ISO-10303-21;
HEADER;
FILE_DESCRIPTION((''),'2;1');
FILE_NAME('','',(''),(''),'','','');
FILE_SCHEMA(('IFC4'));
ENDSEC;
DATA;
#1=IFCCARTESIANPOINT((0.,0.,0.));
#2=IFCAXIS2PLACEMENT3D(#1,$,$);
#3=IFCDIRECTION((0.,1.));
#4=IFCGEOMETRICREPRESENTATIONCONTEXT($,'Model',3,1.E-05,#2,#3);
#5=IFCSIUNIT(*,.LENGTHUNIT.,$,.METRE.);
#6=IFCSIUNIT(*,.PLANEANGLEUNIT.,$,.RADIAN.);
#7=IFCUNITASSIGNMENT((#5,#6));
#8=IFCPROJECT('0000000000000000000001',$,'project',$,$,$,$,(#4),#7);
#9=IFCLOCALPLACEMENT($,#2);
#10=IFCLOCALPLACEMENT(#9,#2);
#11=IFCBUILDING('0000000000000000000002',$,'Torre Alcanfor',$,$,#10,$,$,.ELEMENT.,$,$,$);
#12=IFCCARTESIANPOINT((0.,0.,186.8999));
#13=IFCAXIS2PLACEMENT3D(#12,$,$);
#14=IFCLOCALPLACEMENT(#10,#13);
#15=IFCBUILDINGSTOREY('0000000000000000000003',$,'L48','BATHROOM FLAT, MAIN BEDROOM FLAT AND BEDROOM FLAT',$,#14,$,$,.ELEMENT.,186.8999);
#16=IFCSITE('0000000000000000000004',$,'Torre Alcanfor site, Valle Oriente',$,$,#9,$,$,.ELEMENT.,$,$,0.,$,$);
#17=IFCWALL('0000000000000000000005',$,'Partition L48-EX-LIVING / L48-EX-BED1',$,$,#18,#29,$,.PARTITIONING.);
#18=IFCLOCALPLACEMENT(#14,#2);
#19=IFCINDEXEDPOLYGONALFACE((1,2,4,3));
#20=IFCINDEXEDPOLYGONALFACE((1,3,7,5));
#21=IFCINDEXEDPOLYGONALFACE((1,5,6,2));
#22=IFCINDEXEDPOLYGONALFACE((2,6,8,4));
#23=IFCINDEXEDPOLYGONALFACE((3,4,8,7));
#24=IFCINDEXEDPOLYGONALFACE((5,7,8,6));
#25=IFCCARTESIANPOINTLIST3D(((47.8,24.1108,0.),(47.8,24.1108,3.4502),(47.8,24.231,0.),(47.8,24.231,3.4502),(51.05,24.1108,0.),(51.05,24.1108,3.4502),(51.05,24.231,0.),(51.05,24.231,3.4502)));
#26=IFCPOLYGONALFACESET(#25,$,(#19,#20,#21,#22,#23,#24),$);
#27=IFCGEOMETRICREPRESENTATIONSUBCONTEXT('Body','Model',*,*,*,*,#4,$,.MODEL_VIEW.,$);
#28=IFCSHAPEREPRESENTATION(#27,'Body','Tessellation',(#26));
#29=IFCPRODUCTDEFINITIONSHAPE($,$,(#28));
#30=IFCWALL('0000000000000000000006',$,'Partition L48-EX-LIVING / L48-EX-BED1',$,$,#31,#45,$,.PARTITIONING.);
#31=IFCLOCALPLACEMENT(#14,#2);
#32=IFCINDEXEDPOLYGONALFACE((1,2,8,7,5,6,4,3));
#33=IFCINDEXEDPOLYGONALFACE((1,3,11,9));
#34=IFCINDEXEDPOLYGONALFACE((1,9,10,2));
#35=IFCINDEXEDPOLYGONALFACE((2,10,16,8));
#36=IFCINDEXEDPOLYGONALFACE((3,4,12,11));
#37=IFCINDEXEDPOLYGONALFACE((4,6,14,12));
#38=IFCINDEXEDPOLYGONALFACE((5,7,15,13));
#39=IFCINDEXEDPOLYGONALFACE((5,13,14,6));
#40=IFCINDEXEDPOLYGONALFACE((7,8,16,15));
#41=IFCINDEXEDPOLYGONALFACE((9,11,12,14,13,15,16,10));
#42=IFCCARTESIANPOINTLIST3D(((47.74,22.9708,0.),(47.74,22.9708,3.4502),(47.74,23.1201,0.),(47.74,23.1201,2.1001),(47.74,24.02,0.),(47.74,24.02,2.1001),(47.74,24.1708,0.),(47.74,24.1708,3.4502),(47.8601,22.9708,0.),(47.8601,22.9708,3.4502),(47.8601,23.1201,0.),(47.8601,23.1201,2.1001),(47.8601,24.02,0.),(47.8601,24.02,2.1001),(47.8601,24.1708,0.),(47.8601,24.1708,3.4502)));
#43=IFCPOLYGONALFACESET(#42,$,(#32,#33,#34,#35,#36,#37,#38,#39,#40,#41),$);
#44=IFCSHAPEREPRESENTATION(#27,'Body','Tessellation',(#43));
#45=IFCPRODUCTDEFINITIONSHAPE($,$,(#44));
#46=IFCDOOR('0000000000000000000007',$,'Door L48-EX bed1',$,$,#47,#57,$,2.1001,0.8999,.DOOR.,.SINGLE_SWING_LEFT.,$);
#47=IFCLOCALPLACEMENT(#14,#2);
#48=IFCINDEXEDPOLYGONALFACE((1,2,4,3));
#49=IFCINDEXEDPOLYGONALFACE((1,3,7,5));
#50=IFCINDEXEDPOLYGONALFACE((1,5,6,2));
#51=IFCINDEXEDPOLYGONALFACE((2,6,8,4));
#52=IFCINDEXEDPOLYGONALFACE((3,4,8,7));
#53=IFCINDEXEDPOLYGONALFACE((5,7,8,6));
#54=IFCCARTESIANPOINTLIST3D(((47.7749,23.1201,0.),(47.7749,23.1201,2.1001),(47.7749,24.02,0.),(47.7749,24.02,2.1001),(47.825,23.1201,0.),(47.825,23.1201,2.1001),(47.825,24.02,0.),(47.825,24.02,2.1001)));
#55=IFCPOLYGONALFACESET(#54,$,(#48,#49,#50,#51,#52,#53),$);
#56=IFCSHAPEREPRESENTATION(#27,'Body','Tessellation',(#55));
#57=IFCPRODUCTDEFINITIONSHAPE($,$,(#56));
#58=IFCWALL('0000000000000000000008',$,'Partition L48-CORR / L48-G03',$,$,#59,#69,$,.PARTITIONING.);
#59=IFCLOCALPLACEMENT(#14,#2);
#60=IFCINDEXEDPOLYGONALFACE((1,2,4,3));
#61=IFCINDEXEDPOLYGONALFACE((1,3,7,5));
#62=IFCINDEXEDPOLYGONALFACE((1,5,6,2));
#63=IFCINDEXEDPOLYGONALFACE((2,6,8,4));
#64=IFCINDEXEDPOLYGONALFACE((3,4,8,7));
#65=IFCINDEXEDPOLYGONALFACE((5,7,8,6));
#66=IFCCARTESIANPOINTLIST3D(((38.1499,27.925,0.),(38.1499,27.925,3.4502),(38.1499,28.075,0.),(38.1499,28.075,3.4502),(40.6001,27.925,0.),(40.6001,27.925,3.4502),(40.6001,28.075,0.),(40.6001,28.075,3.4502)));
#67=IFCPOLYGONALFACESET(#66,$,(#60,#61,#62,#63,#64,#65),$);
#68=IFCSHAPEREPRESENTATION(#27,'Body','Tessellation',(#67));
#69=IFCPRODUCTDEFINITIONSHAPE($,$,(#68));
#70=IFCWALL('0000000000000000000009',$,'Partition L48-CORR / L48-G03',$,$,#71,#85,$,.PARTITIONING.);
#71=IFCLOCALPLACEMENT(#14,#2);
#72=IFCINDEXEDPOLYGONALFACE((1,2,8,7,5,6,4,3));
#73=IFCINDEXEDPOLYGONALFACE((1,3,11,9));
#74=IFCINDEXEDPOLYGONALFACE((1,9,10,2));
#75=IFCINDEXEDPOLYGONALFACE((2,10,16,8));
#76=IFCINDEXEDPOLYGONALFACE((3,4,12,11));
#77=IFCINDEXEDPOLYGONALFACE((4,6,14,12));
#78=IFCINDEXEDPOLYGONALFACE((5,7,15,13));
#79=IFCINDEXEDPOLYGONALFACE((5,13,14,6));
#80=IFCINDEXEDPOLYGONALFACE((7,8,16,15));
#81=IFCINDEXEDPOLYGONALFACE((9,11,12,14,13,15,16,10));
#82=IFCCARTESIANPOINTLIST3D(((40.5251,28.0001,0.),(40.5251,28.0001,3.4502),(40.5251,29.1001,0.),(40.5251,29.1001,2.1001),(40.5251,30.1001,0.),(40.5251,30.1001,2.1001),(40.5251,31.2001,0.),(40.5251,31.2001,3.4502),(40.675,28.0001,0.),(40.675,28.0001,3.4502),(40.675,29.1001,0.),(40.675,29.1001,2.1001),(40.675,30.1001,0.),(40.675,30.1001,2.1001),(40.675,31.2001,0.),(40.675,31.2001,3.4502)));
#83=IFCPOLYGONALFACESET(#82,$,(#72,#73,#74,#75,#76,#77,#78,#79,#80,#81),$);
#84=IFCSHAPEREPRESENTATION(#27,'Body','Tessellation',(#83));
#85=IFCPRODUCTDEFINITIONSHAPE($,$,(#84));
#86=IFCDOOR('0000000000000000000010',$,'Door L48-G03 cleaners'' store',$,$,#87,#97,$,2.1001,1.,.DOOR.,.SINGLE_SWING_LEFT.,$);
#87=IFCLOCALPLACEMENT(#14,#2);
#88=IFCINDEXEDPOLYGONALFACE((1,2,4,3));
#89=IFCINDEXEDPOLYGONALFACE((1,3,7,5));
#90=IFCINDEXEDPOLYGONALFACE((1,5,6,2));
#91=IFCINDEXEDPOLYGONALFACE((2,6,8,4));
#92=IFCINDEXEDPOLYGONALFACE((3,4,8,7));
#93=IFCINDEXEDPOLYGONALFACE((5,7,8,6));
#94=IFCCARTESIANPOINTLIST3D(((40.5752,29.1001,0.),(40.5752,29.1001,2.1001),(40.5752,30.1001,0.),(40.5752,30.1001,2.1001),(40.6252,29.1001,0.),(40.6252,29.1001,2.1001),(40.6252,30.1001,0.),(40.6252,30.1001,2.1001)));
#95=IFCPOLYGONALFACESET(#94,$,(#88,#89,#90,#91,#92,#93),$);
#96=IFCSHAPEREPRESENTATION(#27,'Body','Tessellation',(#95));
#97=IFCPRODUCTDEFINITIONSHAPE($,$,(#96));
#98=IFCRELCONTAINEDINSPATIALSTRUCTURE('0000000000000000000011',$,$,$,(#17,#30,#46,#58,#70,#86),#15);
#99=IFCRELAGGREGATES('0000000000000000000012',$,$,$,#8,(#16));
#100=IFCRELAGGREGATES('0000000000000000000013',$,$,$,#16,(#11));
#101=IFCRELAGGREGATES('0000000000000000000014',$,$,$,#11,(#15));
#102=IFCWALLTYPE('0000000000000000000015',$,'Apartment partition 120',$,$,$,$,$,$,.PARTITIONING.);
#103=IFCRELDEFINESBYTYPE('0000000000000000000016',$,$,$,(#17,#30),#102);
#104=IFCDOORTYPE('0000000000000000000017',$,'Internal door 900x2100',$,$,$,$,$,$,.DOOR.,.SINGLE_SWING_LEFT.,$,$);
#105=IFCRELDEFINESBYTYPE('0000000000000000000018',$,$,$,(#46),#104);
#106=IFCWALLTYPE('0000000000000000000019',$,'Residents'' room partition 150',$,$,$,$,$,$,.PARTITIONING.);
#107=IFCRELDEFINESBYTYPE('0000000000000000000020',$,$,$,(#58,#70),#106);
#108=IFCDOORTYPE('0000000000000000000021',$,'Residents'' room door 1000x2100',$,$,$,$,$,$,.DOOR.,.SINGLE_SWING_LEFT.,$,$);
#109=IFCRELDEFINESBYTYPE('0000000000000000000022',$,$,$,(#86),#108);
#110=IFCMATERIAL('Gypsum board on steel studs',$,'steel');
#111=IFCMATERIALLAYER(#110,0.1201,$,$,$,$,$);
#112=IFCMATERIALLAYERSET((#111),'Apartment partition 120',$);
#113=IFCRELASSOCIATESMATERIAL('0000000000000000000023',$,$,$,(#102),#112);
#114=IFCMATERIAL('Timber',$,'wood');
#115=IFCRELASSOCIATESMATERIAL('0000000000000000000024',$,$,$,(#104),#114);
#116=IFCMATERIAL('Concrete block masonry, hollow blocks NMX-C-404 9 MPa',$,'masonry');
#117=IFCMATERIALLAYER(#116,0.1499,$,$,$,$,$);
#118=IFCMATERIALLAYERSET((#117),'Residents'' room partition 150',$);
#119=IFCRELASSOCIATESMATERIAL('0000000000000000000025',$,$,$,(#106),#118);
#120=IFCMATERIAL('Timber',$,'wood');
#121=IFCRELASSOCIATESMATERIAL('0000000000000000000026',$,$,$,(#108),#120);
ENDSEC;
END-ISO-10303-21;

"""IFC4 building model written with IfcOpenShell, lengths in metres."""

from ifc_helpers import new_model, si_unit, direction, frame, frame_2d, origin, place, context, subcontext, project, spatial, rectangle, extrude, material, layer, layer_set, type_object, element, fill, save


model = new_model("IFC4")

# Units and contexts
model_context = context("Model", 3, precision=1e-05, world=origin(), true_north=direction((0.0, 1.0)))
body_context = subcontext(model_context, "Body", "Model", "MODEL_VIEW")
ifc_project = project(units=[si_unit("LENGTHUNIT", "METRE"), si_unit("PLANEANGLEUNIT", "RADIAN")], contexts=[model_context])

# Site, building, storey
site_placement = place(None, origin())
site = spatial("IfcSite", under=ifc_project, at=site_placement, Name="Torre Alcanfor site, Valle Oriente", CompositionType="ELEMENT", RefElevation=0.0)
building_placement = place(site_placement, origin())
building = spatial("IfcBuilding", under=site, at=building_placement, Name="Torre Alcanfor", CompositionType="ELEMENT")
storey_placement = place(building_placement, frame((0.0, 0.0, 186.8999)))
storey = spatial("IfcBuildingStorey", under=building, at=storey_placement, Name="L48", Description="BATHROOM FLAT, MAIN BEDROOM FLAT AND BEDROOM FLAT", CompositionType="ELEMENT", Elevation=186.8999)

# Shared definitions
ifc_material_1 = material(Name="Gypsum board on steel studs", Category="steel")
ifc_layer_1 = layer(ifc_material_1, 0.1201)
ifc_layer_set_1 = layer_set([ifc_layer_1], Name="Apartment partition 120")
wall_type_1 = type_object("IfcWallType", Name="Apartment partition 120", PredefinedType="PARTITIONING", material=ifc_layer_set_1)
ifc_material_2 = material(Name="Timber", Category="wood")
door_type_1 = type_object("IfcDoorType", Name="Internal door 900x2100", OperationType="SINGLE_SWING_LEFT", PredefinedType="DOOR", material=ifc_material_2)

# Wall
wall_1_placement = place(storey_placement, frame((51.05, 24.1709, 0.0), z_axis=(0.0, 0.0, 1.0), x_axis=(-1.0, 0.0, 0.0)))
element("IfcWall", 1, at=wall_1_placement, inside=storey, type_object=wall_type_1, Name="Partition L48-EX-LIVING / L48-EX-BED1", PredefinedType="PARTITIONING", context=body_context, shape_type="SweptSolid", body=[
    extrude(rectangle(XDim=3.25, YDim=0.1201, at=frame_2d((1.625, 0.0))), origin(), (0.0, 0.0, 1.0), 3.4502),
])

# Wall, opening, door
wall_2_placement = place(storey_placement, frame((47.8, 24.1709, 0.0), z_axis=(0.0, 0.0, 1.0), x_axis=(0.0, -1.0, 0.0)))
wall_2 = element("IfcWall", 2, at=wall_2_placement, inside=storey, type_object=wall_type_1, Name="Partition L48-EX-LIVING / L48-EX-BED1", PredefinedType="PARTITIONING", context=body_context, shape_type="SweptSolid", body=[
    extrude(rectangle(XDim=1.2, YDim=0.1201, at=frame_2d((0.6001, 0.0))), origin(), (0.0, 0.0, 1.0), 3.4502),
])
opening_1_placement = place(wall_2_placement, frame((0.1509, 0.0, 0.0)))
opening_1 = element("IfcOpeningElement", 3, at=opening_1_placement, cuts=wall_2, PredefinedType="OPENING", context=body_context, shape_type="SweptSolid", body=[
    extrude(rectangle(XDim=0.8999, YDim=2.1001, at=frame_2d((0.45, 1.05))), frame((0.0, 0.0701, 0.0), z_axis=(0.0, -1.0, 0.0), x_axis=(1.0, 0.0, 0.0)), (0.0, 0.0, 1.0), 0.1401),
])
door_1_placement = place(opening_1_placement, origin())
door_1 = element("IfcDoor", 4, at=door_1_placement, inside=storey, type_object=door_type_1, Name="Door L48-EX bed1", OperationType="SINGLE_SWING_LEFT", OverallHeight=2.1001, OverallWidth=0.8999, PredefinedType="DOOR", context=body_context, shape_type="SweptSolid", body=[
    extrude(rectangle(XDim=0.8999, YDim=2.1001, at=frame_2d((0.45, 1.05))), frame((0.0, 0.0249, 0.0), z_axis=(0.0, -1.0, 0.0), x_axis=(1.0, 0.0, 0.0)), (0.0, 0.0, 1.0), 0.05),
])
fill(opening_1, door_1)

# Wall
ifc_material_3 = material(Name="Concrete block masonry, hollow blocks NMX-C-404 9 MPa", Category="masonry")
ifc_layer_2 = layer(ifc_material_3, 0.1499)
ifc_layer_set_2 = layer_set([ifc_layer_2], Name="Residents' room partition 150")
wall_type_2 = type_object("IfcWallType", Name="Residents' room partition 150", PredefinedType="PARTITIONING", material=ifc_layer_set_2)
wall_3_placement = place(storey_placement, frame((38.1499, 28.0, 0.0), z_axis=(0.0, 0.0, 1.0), x_axis=(1.0, 0.0, 0.0)))
element("IfcWall", 5, at=wall_3_placement, inside=storey, type_object=wall_type_2, Name="Partition L48-CORR / L48-G03", PredefinedType="PARTITIONING", context=body_context, shape_type="SweptSolid", body=[
    extrude(rectangle(XDim=2.4502, YDim=0.1499, at=frame_2d((1.2251, 0.0))), origin(), (0.0, 0.0, 1.0), 3.4502),
])

# Wall, opening, door
wall_4_placement = place(storey_placement, frame((40.6001, 28.0, 0.0), z_axis=(0.0, 0.0, 1.0), x_axis=(0.0, 1.0, 0.0)))
wall_4 = element("IfcWall", 6, at=wall_4_placement, inside=storey, type_object=wall_type_2, Name="Partition L48-CORR / L48-G03", PredefinedType="PARTITIONING", context=body_context, shape_type="SweptSolid", body=[
    extrude(rectangle(XDim=3.2, YDim=0.1499, at=frame_2d((1.6001, 0.0))), origin(), (0.0, 0.0, 1.0), 3.4502),
])
opening_2_placement = place(wall_4_placement, frame((1.1001, 0.0, 0.0)))
opening_2 = element("IfcOpeningElement", 7, at=opening_2_placement, cuts=wall_4, PredefinedType="OPENING", context=body_context, shape_type="SweptSolid", body=[
    extrude(rectangle(XDim=1.0, YDim=2.1001, at=frame_2d((0.5, 1.05))), frame((0.0, 0.085, 0.0), z_axis=(0.0, -1.0, 0.0), x_axis=(1.0, 0.0, 0.0)), (0.0, 0.0, 1.0), 0.1699),
])
ifc_material_4 = material(Name="Timber", Category="wood")
door_type_2 = type_object("IfcDoorType", Name="Residents' room door 1000x2100", OperationType="SINGLE_SWING_LEFT", PredefinedType="DOOR", material=ifc_material_4)
door_2_placement = place(opening_2_placement, origin())
door_2 = element("IfcDoor", 8, at=door_2_placement, inside=storey, type_object=door_type_2, Name="Door L48-G03 cleaners' store", OperationType="SINGLE_SWING_LEFT", OverallHeight=2.1001, OverallWidth=1.0, PredefinedType="DOOR", context=body_context, shape_type="SweptSolid", body=[
    extrude(rectangle(XDim=1.0, YDim=2.1001, at=frame_2d((0.5, 1.05))), frame((0.0, 0.0249, 0.0), z_axis=(0.0, -1.0, 0.0), x_axis=(1.0, 0.0, 0.0)), (0.0, 0.0, 1.0), 0.05),
])
fill(opening_2, door_2)

save(model, "model.ifc")
